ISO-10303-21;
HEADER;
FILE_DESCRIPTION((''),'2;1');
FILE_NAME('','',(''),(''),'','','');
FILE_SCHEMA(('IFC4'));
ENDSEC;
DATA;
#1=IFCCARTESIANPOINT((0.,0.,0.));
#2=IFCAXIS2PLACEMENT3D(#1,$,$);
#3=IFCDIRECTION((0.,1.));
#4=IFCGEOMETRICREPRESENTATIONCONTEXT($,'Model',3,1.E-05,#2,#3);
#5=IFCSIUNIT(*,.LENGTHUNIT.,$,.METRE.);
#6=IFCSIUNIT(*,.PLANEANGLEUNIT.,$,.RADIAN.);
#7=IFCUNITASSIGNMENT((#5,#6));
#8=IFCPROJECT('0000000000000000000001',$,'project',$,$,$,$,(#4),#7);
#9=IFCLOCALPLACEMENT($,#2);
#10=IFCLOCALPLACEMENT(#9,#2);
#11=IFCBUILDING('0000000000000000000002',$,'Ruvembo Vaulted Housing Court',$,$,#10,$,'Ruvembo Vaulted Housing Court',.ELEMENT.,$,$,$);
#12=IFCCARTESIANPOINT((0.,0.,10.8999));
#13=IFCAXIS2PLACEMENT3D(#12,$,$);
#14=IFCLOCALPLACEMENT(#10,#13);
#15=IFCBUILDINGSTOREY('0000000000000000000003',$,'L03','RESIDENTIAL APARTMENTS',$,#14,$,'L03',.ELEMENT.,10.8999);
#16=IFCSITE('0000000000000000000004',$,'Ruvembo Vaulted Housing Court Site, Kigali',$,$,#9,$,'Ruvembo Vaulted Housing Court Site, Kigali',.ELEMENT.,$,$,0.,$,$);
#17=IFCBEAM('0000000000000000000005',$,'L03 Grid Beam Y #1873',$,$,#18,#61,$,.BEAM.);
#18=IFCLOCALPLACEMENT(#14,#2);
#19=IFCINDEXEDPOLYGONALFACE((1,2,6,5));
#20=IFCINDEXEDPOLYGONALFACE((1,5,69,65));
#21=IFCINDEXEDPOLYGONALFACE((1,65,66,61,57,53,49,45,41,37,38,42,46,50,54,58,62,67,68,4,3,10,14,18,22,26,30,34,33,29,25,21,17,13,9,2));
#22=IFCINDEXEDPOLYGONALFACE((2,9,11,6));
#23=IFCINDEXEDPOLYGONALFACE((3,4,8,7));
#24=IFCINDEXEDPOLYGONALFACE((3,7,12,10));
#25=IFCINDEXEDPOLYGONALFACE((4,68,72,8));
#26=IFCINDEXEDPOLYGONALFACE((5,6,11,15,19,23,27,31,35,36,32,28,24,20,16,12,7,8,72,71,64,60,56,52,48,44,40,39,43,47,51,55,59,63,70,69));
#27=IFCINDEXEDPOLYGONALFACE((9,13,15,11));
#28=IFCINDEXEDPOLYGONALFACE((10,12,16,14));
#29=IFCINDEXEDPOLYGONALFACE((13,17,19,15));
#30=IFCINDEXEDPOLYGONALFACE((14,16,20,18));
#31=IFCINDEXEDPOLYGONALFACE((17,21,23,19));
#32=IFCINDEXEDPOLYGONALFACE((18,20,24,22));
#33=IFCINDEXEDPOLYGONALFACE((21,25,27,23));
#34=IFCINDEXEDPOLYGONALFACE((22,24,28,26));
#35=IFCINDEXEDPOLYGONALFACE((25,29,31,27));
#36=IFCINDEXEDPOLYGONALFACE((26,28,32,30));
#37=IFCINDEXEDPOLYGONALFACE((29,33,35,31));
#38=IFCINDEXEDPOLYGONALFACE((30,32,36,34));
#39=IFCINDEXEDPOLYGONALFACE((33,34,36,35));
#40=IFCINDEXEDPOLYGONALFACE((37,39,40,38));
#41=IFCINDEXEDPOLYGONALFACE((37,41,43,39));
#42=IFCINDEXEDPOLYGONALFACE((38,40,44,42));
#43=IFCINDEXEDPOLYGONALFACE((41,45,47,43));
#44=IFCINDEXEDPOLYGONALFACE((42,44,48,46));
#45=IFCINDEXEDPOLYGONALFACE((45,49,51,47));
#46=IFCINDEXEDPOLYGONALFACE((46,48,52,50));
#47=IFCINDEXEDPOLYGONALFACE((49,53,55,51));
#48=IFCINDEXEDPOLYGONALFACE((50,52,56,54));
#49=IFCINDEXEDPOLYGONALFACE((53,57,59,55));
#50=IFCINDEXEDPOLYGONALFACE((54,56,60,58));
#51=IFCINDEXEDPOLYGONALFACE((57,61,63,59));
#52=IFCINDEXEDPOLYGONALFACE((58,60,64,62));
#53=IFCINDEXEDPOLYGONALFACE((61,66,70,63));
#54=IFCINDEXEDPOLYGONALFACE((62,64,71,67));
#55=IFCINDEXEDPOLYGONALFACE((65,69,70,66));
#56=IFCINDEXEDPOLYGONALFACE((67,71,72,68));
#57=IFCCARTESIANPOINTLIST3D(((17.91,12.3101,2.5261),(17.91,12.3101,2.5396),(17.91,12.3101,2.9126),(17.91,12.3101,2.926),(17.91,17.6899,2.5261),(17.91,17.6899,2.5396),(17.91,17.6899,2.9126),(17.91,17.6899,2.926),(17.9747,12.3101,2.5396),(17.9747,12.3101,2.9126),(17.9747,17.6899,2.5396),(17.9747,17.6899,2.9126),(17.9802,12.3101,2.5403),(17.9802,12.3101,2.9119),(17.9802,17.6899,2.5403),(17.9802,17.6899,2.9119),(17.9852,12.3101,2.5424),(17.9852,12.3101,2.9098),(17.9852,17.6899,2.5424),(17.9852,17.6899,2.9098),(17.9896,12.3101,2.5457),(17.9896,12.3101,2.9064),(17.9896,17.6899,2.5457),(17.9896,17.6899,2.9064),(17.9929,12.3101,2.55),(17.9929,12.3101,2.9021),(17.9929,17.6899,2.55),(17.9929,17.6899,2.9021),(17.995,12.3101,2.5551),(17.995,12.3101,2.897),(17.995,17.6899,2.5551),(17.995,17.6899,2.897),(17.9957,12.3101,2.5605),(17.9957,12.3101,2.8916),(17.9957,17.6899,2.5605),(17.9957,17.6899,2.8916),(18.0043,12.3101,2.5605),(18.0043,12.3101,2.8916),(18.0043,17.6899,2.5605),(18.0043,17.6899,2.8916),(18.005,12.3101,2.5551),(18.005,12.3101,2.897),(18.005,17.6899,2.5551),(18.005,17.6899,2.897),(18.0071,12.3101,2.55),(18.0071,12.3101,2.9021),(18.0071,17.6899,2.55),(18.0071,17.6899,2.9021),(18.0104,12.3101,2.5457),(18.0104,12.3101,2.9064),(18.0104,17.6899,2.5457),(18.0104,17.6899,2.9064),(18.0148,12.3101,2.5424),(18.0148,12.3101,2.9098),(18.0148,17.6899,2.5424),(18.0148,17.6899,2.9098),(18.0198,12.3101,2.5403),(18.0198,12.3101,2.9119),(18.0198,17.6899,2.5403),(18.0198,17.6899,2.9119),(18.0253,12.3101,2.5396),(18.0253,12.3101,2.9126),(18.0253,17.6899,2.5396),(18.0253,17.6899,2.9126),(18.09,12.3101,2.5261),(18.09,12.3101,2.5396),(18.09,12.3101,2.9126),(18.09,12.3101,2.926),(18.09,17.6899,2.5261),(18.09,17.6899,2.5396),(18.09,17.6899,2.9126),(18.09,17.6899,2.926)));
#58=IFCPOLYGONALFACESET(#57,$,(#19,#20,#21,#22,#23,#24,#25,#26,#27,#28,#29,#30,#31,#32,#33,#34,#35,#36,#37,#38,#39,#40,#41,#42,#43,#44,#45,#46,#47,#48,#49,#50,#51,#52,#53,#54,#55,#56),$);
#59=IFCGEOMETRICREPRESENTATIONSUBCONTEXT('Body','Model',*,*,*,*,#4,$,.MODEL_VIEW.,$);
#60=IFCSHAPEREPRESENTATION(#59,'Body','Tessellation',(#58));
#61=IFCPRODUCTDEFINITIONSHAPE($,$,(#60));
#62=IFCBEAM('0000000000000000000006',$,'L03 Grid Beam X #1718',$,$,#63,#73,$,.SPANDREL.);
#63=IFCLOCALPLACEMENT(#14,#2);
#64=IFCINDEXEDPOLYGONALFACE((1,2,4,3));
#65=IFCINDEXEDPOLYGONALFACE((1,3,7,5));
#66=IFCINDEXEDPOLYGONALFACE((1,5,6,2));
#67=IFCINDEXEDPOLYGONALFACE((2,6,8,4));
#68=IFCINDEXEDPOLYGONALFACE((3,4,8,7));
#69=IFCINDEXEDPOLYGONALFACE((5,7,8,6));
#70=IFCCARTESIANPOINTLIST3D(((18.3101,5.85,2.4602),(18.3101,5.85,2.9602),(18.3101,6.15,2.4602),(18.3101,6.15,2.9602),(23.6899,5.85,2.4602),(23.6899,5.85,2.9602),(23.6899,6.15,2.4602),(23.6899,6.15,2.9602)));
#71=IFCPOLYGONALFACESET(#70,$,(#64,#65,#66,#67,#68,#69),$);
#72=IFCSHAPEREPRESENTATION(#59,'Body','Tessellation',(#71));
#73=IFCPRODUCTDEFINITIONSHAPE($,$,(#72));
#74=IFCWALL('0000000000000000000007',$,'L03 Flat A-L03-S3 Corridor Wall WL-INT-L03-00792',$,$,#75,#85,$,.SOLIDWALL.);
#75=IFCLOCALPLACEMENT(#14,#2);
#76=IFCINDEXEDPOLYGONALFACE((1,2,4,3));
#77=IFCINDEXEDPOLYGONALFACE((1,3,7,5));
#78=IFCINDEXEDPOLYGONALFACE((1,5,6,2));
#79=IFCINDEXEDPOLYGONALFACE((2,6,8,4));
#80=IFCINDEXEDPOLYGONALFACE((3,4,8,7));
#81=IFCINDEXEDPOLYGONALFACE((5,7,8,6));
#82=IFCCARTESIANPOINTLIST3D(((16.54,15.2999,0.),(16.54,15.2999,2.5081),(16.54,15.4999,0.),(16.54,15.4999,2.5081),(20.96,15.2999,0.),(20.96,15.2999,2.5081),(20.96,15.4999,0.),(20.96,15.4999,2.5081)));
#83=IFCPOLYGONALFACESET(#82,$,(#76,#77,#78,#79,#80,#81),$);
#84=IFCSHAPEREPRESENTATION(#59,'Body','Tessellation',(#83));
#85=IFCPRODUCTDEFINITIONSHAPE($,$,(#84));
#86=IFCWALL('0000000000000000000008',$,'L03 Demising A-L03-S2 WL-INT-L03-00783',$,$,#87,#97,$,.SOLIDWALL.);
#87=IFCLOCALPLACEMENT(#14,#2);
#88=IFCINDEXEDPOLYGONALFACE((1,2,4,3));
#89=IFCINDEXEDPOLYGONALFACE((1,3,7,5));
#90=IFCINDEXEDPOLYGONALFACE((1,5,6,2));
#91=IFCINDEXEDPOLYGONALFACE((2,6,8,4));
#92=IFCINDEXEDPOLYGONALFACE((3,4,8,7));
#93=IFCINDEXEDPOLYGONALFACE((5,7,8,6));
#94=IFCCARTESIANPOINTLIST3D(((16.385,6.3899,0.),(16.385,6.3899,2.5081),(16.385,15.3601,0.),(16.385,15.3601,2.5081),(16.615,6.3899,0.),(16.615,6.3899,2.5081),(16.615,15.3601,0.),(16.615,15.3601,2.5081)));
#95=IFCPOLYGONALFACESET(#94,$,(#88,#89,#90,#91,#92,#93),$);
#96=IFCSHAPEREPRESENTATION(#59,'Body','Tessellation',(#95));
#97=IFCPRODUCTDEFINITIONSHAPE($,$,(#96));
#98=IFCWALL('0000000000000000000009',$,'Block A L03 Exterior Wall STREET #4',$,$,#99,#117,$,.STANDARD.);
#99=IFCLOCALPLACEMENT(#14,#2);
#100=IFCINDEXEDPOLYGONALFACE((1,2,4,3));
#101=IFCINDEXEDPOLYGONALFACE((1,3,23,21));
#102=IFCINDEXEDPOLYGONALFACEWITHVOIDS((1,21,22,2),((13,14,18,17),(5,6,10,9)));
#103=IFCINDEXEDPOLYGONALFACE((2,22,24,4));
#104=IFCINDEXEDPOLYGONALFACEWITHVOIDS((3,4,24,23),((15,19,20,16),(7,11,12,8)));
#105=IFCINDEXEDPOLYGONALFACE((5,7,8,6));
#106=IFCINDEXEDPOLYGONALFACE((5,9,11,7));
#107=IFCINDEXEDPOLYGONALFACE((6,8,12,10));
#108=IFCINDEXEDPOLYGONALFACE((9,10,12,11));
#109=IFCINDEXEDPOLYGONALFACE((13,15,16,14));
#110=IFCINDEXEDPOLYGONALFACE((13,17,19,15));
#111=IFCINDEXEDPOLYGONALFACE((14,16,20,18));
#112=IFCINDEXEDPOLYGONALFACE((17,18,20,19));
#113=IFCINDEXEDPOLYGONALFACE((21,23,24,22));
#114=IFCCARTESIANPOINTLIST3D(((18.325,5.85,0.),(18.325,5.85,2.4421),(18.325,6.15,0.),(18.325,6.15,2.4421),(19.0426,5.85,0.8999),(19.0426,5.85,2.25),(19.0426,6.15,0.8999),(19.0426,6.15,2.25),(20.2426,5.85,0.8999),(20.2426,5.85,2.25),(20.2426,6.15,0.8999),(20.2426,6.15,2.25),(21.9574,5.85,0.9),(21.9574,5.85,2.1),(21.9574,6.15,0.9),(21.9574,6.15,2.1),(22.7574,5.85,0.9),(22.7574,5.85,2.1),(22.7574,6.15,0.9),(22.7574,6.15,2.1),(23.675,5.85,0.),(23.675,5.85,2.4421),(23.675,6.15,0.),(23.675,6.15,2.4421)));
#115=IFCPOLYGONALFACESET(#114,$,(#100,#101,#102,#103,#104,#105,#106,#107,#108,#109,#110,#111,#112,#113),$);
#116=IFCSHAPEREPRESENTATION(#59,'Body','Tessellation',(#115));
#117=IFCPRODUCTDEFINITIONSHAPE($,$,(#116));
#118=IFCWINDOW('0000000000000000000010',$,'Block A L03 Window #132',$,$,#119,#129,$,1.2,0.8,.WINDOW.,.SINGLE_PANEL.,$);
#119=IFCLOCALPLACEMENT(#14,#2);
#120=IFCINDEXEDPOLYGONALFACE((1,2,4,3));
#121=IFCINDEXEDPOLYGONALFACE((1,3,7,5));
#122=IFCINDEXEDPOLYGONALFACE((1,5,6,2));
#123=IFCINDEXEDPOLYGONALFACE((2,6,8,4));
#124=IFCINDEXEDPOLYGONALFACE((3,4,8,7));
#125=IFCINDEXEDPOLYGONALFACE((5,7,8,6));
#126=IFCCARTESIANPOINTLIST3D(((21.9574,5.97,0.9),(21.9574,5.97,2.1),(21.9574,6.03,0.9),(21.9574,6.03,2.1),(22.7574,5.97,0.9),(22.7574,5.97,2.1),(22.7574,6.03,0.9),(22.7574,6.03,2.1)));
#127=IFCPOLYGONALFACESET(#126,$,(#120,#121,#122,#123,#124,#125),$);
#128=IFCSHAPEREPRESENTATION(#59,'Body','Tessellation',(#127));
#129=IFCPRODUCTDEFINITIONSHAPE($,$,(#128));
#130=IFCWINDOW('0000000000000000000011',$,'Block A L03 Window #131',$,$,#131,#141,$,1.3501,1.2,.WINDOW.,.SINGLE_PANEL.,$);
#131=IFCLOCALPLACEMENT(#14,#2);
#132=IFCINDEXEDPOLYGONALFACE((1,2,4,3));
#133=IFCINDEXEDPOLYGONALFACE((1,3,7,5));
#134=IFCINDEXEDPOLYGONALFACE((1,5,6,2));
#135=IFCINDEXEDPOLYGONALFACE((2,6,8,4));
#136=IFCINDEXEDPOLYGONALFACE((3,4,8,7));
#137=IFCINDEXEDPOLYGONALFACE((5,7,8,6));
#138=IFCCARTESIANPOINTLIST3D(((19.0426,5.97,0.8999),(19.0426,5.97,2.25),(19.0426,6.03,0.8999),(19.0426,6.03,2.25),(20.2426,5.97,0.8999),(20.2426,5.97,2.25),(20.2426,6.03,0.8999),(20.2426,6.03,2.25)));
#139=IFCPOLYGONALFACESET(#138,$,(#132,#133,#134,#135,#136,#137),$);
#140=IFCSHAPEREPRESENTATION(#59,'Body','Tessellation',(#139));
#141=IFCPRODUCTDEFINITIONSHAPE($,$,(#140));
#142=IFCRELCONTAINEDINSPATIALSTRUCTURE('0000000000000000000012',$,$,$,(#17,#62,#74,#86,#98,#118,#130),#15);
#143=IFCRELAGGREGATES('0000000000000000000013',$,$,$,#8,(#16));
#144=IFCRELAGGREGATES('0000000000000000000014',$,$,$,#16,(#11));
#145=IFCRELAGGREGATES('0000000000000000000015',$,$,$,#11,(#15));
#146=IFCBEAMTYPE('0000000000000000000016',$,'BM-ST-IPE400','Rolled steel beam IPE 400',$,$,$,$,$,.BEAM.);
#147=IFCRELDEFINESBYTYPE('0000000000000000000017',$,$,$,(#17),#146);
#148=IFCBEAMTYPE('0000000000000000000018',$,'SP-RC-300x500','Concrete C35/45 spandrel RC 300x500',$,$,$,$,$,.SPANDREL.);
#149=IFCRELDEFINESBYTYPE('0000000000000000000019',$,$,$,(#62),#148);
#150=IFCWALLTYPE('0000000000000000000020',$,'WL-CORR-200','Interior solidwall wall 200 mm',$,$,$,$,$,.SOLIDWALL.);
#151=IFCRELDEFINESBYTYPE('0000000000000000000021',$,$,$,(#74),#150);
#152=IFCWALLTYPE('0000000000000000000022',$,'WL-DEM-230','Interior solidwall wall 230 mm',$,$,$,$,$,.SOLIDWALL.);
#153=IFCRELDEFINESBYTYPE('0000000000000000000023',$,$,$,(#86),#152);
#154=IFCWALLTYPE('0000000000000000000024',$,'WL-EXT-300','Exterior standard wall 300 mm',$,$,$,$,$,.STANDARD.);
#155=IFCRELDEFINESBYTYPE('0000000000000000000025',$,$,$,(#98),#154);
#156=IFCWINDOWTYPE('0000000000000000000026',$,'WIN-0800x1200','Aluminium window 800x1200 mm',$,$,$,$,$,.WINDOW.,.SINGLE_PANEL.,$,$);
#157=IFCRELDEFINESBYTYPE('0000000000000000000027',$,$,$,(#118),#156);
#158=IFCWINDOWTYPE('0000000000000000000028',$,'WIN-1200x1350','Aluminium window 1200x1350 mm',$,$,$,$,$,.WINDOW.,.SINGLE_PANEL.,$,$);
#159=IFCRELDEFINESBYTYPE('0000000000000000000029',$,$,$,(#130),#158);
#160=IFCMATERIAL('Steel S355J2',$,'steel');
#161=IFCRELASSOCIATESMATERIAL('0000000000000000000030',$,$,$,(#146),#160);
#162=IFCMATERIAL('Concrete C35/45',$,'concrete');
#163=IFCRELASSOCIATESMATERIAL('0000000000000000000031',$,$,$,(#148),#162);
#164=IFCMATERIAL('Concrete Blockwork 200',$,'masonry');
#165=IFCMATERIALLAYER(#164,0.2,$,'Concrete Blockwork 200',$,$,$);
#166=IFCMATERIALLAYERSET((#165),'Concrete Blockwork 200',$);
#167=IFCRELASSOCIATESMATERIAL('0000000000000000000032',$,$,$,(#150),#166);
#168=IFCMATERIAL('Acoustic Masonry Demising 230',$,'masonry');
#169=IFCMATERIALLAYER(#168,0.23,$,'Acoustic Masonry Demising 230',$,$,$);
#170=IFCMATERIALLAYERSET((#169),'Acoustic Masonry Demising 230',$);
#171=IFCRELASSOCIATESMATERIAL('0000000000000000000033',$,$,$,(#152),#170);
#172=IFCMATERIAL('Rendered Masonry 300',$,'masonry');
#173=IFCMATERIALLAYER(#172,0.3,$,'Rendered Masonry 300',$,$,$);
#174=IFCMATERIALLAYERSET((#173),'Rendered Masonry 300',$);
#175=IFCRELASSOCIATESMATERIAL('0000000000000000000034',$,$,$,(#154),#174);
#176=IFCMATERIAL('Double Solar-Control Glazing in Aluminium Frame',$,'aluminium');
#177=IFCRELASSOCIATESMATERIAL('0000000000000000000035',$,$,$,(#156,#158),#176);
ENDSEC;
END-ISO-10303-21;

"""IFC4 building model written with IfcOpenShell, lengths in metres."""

from ifc_helpers import new_model, si_unit, direction, frame, frame_2d, origin, origin_2d, place, context, subcontext, project, spatial, rectangle, i_section, extrude, material, layer, layer_set, material_profile, profile_set, type_object, element, fill, save


model = new_model("IFC4")

# Units and contexts
model_context = context("Model", 3, precision=1e-05, world=origin(), true_north=direction((0.0, 1.0)))
body_context = subcontext(model_context, "Body", "Model", "MODEL_VIEW")
ifc_project = project(units=[si_unit("LENGTHUNIT", "METRE"), si_unit("PLANEANGLEUNIT", "RADIAN")], contexts=[model_context])

# Site, building, storey
site_placement = place(None, origin())
site = spatial("IfcSite", under=ifc_project, at=site_placement, Name="Ruvembo Vaulted Housing Court Site, Kigali", LongName="Ruvembo Vaulted Housing Court Site, Kigali", CompositionType="ELEMENT", RefElevation=0.0)
building_placement = place(site_placement, origin())
building = spatial("IfcBuilding", under=site, at=building_placement, Name="Ruvembo Vaulted Housing Court", LongName="Ruvembo Vaulted Housing Court", CompositionType="ELEMENT")
storey_placement = place(building_placement, frame((0.0, 0.0, 10.8999)))
storey = spatial("IfcBuildingStorey", under=building, at=storey_placement, Name="L03", Description="RESIDENTIAL APARTMENTS", LongName="L03", CompositionType="ELEMENT", Elevation=10.8999)

# Beams
ifc_material_1 = material(Name="Steel S355J2", Category="steel")
ifc_material_profile_1 = material_profile(ifc_material_1, i_section(OverallWidth=0.1799, OverallDepth=0.3999, WebThickness=0.0085, FlangeThickness=0.0134, FilletRadius=0.021, at=origin_2d()), Name="IPE 400")
ifc_profile_set_1 = profile_set([ifc_material_profile_1], Name="Steel S355J2")
beam_type_1 = type_object("IfcBeamType", Name="BM-ST-IPE400", Description="Rolled steel beam IPE 400", PredefinedType="BEAM", material=ifc_profile_set_1)
beam_1_placement = place(storey_placement, frame((18.0, 12.3101, 2.7261), z_axis=(0.0, 1.0, 0.0), x_axis=(-1.0, 0.0, 0.0)))
element("IfcBeam", 1, at=beam_1_placement, inside=storey, type_object=beam_type_1, Name="L03 Grid Beam Y #1873", PredefinedType="BEAM", context=body_context, shape_type="SweptSolid", body=[
    extrude(i_section(OverallWidth=0.1799, OverallDepth=0.3999, WebThickness=0.0085, FlangeThickness=0.0134, FilletRadius=0.021, at=origin_2d()), origin(), (0.0, 0.0, 1.0), 5.3799),
])
ifc_material_2 = material(Name="Concrete C35/45", Category="concrete")
ifc_material_profile_2 = material_profile(ifc_material_2, rectangle(XDim=0.3, YDim=0.5, at=origin_2d()), Name="RC 300x500")
ifc_profile_set_2 = profile_set([ifc_material_profile_2], Name="Concrete C35/45")
beam_type_2 = type_object("IfcBeamType", Name="SP-RC-300x500", Description="Concrete C35/45 spandrel RC 300x500", PredefinedType="SPANDREL", material=ifc_profile_set_2)
beam_2_placement = place(storey_placement, frame((18.3101, 6.0, 2.7102), z_axis=(1.0, 0.0, 0.0), x_axis=(0.0, 1.0, 0.0)))
element("IfcBeam", 2, at=beam_2_placement, inside=storey, type_object=beam_type_2, Name="L03 Grid Beam X #1718", PredefinedType="SPANDREL", context=body_context, shape_type="SweptSolid", body=[
    extrude(rectangle(XDim=0.3, YDim=0.5, at=origin_2d()), origin(), (0.0, 0.0, 1.0), 5.3799),
])

# Wall
ifc_material_3 = material(Name="Concrete Blockwork 200", Category="masonry")
ifc_layer_1 = layer(ifc_material_3, 0.2, Name="Concrete Blockwork 200")
ifc_layer_set_1 = layer_set([ifc_layer_1], Name="Concrete Blockwork 200")
wall_type_1 = type_object("IfcWallType", Name="WL-CORR-200", Description="Interior solidwall wall 200 mm", PredefinedType="SOLIDWALL", material=ifc_layer_set_1)
wall_1_placement = place(storey_placement, frame((16.54, 15.3999, 0.0), z_axis=(0.0, 0.0, 1.0), x_axis=(1.0, 0.0, 0.0)))
element("IfcWall", 3, at=wall_1_placement, inside=storey, type_object=wall_type_1, Name="L03 Flat A-L03-S3 Corridor Wall WL-INT-L03-00792", PredefinedType="SOLIDWALL", context=body_context, shape_type="SweptSolid", body=[
    extrude(rectangle(XDim=4.4199, YDim=0.2, at=frame_2d((2.21, 0.0))), origin(), (0.0, 0.0, 1.0), 2.5081),
])

# Wall
ifc_material_4 = material(Name="Acoustic Masonry Demising 230", Category="masonry")
ifc_layer_2 = layer(ifc_material_4, 0.23, Name="Acoustic Masonry Demising 230")
ifc_layer_set_2 = layer_set([ifc_layer_2], Name="Acoustic Masonry Demising 230")
wall_type_2 = type_object("IfcWallType", Name="WL-DEM-230", Description="Interior solidwall wall 230 mm", PredefinedType="SOLIDWALL", material=ifc_layer_set_2)
wall_2_placement = place(storey_placement, frame((16.5, 6.3899, 0.0), z_axis=(0.0, 0.0, 1.0), x_axis=(0.0, 1.0, 0.0)))
element("IfcWall", 4, at=wall_2_placement, inside=storey, type_object=wall_type_2, Name="L03 Demising A-L03-S2 WL-INT-L03-00783", PredefinedType="SOLIDWALL", context=body_context, shape_type="SweptSolid", body=[
    extrude(rectangle(XDim=8.9702, YDim=0.23, at=frame_2d((4.4851, 0.0))), origin(), (0.0, 0.0, 1.0), 2.5081),
])

# Wall, openings, windows
ifc_material_5 = material(Name="Rendered Masonry 300", Category="masonry")
ifc_layer_3 = layer(ifc_material_5, 0.3, Name="Rendered Masonry 300")
ifc_layer_set_3 = layer_set([ifc_layer_3], Name="Rendered Masonry 300")
wall_type_3 = type_object("IfcWallType", Name="WL-EXT-300", Description="Exterior standard wall 300 mm", PredefinedType="STANDARD", material=ifc_layer_set_3)
wall_3_placement = place(storey_placement, frame((18.325, 6.0, 0.0), z_axis=(0.0, 0.0, 1.0), x_axis=(1.0, 0.0, 0.0)))
wall_3 = element("IfcWall", 5, at=wall_3_placement, inside=storey, type_object=wall_type_3, Name="Block A L03 Exterior Wall STREET #4", PredefinedType="STANDARD", context=body_context, shape_type="SweptSolid", body=[
    extrude(rectangle(XDim=5.3501, YDim=0.3, at=frame_2d((2.675, 0.0))), origin(), (0.0, 0.0, 1.0), 2.4421),
])
opening_1_placement = place(wall_3_placement, frame((0.7175, 0.0, 0.8999)))
opening_1 = element("IfcOpeningElement", 6, at=opening_1_placement, cuts=wall_3, PredefinedType="OPENING", context=body_context, shape_type="SweptSolid", body=[
    extrude(rectangle(XDim=1.2, YDim=1.3501, at=frame_2d((0.6001, 0.675))), frame((0.0, 0.1599, 0.0), z_axis=(0.0, -1.0, 0.0), x_axis=(1.0, 0.0, 0.0)), (0.0, 0.0, 1.0), 0.3201),
])
opening_2_placement = place(wall_3_placement, frame((3.6326, 0.0, 0.8999)))
opening_2 = element("IfcOpeningElement", 7, at=opening_2_placement, cuts=wall_3, PredefinedType="OPENING", context=body_context, shape_type="SweptSolid", body=[
    extrude(rectangle(XDim=0.8, YDim=1.2, at=frame_2d((0.3999, 0.6001))), frame((0.0, 0.1599, 0.0), z_axis=(0.0, -1.0, 0.0), x_axis=(1.0, 0.0, 0.0)), (0.0, 0.0, 1.0), 0.3201),
])
ifc_material_6 = material(Name="Double Solar-Control Glazing in Aluminium Frame", Category="aluminium")
window_type_1 = type_object("IfcWindowType", Name="WIN-0800x1200", Description="Aluminium window 800x1200 mm", PartitioningType="SINGLE_PANEL", PredefinedType="WINDOW", material=ifc_material_6)
window_1_placement = place(opening_2_placement, origin())
window_1 = element("IfcWindow", 8, at=window_1_placement, inside=storey, type_object=window_type_1, Name="Block A L03 Window #132", OverallHeight=1.2, OverallWidth=0.8, PartitioningType="SINGLE_PANEL", PredefinedType="WINDOW", context=body_context, shape_type="SweptSolid", body=[
    extrude(rectangle(XDim=0.8, YDim=1.2, at=frame_2d((0.3999, 0.6001))), frame((0.0, 0.03, 0.0), z_axis=(0.0, -1.0, 0.0), x_axis=(1.0, 0.0, 0.0)), (0.0, 0.0, 1.0), 0.0601),
])
fill(opening_2, window_1)
window_type_2 = type_object("IfcWindowType", Name="WIN-1200x1350", Description="Aluminium window 1200x1350 mm", PartitioningType="SINGLE_PANEL", PredefinedType="WINDOW", material=ifc_material_6)
window_2_placement = place(opening_1_placement, origin())
window_2 = element("IfcWindow", 9, at=window_2_placement, inside=storey, type_object=window_type_2, Name="Block A L03 Window #131", OverallHeight=1.3501, OverallWidth=1.2, PartitioningType="SINGLE_PANEL", PredefinedType="WINDOW", context=body_context, shape_type="SweptSolid", body=[
    extrude(rectangle(XDim=1.2, YDim=1.3501, at=frame_2d((0.6001, 0.675))), frame((0.0, 0.03, 0.0), z_axis=(0.0, -1.0, 0.0), x_axis=(1.0, 0.0, 0.0)), (0.0, 0.0, 1.0), 0.0601),
])
fill(opening_1, window_2)

save(model, "model.ifc")
